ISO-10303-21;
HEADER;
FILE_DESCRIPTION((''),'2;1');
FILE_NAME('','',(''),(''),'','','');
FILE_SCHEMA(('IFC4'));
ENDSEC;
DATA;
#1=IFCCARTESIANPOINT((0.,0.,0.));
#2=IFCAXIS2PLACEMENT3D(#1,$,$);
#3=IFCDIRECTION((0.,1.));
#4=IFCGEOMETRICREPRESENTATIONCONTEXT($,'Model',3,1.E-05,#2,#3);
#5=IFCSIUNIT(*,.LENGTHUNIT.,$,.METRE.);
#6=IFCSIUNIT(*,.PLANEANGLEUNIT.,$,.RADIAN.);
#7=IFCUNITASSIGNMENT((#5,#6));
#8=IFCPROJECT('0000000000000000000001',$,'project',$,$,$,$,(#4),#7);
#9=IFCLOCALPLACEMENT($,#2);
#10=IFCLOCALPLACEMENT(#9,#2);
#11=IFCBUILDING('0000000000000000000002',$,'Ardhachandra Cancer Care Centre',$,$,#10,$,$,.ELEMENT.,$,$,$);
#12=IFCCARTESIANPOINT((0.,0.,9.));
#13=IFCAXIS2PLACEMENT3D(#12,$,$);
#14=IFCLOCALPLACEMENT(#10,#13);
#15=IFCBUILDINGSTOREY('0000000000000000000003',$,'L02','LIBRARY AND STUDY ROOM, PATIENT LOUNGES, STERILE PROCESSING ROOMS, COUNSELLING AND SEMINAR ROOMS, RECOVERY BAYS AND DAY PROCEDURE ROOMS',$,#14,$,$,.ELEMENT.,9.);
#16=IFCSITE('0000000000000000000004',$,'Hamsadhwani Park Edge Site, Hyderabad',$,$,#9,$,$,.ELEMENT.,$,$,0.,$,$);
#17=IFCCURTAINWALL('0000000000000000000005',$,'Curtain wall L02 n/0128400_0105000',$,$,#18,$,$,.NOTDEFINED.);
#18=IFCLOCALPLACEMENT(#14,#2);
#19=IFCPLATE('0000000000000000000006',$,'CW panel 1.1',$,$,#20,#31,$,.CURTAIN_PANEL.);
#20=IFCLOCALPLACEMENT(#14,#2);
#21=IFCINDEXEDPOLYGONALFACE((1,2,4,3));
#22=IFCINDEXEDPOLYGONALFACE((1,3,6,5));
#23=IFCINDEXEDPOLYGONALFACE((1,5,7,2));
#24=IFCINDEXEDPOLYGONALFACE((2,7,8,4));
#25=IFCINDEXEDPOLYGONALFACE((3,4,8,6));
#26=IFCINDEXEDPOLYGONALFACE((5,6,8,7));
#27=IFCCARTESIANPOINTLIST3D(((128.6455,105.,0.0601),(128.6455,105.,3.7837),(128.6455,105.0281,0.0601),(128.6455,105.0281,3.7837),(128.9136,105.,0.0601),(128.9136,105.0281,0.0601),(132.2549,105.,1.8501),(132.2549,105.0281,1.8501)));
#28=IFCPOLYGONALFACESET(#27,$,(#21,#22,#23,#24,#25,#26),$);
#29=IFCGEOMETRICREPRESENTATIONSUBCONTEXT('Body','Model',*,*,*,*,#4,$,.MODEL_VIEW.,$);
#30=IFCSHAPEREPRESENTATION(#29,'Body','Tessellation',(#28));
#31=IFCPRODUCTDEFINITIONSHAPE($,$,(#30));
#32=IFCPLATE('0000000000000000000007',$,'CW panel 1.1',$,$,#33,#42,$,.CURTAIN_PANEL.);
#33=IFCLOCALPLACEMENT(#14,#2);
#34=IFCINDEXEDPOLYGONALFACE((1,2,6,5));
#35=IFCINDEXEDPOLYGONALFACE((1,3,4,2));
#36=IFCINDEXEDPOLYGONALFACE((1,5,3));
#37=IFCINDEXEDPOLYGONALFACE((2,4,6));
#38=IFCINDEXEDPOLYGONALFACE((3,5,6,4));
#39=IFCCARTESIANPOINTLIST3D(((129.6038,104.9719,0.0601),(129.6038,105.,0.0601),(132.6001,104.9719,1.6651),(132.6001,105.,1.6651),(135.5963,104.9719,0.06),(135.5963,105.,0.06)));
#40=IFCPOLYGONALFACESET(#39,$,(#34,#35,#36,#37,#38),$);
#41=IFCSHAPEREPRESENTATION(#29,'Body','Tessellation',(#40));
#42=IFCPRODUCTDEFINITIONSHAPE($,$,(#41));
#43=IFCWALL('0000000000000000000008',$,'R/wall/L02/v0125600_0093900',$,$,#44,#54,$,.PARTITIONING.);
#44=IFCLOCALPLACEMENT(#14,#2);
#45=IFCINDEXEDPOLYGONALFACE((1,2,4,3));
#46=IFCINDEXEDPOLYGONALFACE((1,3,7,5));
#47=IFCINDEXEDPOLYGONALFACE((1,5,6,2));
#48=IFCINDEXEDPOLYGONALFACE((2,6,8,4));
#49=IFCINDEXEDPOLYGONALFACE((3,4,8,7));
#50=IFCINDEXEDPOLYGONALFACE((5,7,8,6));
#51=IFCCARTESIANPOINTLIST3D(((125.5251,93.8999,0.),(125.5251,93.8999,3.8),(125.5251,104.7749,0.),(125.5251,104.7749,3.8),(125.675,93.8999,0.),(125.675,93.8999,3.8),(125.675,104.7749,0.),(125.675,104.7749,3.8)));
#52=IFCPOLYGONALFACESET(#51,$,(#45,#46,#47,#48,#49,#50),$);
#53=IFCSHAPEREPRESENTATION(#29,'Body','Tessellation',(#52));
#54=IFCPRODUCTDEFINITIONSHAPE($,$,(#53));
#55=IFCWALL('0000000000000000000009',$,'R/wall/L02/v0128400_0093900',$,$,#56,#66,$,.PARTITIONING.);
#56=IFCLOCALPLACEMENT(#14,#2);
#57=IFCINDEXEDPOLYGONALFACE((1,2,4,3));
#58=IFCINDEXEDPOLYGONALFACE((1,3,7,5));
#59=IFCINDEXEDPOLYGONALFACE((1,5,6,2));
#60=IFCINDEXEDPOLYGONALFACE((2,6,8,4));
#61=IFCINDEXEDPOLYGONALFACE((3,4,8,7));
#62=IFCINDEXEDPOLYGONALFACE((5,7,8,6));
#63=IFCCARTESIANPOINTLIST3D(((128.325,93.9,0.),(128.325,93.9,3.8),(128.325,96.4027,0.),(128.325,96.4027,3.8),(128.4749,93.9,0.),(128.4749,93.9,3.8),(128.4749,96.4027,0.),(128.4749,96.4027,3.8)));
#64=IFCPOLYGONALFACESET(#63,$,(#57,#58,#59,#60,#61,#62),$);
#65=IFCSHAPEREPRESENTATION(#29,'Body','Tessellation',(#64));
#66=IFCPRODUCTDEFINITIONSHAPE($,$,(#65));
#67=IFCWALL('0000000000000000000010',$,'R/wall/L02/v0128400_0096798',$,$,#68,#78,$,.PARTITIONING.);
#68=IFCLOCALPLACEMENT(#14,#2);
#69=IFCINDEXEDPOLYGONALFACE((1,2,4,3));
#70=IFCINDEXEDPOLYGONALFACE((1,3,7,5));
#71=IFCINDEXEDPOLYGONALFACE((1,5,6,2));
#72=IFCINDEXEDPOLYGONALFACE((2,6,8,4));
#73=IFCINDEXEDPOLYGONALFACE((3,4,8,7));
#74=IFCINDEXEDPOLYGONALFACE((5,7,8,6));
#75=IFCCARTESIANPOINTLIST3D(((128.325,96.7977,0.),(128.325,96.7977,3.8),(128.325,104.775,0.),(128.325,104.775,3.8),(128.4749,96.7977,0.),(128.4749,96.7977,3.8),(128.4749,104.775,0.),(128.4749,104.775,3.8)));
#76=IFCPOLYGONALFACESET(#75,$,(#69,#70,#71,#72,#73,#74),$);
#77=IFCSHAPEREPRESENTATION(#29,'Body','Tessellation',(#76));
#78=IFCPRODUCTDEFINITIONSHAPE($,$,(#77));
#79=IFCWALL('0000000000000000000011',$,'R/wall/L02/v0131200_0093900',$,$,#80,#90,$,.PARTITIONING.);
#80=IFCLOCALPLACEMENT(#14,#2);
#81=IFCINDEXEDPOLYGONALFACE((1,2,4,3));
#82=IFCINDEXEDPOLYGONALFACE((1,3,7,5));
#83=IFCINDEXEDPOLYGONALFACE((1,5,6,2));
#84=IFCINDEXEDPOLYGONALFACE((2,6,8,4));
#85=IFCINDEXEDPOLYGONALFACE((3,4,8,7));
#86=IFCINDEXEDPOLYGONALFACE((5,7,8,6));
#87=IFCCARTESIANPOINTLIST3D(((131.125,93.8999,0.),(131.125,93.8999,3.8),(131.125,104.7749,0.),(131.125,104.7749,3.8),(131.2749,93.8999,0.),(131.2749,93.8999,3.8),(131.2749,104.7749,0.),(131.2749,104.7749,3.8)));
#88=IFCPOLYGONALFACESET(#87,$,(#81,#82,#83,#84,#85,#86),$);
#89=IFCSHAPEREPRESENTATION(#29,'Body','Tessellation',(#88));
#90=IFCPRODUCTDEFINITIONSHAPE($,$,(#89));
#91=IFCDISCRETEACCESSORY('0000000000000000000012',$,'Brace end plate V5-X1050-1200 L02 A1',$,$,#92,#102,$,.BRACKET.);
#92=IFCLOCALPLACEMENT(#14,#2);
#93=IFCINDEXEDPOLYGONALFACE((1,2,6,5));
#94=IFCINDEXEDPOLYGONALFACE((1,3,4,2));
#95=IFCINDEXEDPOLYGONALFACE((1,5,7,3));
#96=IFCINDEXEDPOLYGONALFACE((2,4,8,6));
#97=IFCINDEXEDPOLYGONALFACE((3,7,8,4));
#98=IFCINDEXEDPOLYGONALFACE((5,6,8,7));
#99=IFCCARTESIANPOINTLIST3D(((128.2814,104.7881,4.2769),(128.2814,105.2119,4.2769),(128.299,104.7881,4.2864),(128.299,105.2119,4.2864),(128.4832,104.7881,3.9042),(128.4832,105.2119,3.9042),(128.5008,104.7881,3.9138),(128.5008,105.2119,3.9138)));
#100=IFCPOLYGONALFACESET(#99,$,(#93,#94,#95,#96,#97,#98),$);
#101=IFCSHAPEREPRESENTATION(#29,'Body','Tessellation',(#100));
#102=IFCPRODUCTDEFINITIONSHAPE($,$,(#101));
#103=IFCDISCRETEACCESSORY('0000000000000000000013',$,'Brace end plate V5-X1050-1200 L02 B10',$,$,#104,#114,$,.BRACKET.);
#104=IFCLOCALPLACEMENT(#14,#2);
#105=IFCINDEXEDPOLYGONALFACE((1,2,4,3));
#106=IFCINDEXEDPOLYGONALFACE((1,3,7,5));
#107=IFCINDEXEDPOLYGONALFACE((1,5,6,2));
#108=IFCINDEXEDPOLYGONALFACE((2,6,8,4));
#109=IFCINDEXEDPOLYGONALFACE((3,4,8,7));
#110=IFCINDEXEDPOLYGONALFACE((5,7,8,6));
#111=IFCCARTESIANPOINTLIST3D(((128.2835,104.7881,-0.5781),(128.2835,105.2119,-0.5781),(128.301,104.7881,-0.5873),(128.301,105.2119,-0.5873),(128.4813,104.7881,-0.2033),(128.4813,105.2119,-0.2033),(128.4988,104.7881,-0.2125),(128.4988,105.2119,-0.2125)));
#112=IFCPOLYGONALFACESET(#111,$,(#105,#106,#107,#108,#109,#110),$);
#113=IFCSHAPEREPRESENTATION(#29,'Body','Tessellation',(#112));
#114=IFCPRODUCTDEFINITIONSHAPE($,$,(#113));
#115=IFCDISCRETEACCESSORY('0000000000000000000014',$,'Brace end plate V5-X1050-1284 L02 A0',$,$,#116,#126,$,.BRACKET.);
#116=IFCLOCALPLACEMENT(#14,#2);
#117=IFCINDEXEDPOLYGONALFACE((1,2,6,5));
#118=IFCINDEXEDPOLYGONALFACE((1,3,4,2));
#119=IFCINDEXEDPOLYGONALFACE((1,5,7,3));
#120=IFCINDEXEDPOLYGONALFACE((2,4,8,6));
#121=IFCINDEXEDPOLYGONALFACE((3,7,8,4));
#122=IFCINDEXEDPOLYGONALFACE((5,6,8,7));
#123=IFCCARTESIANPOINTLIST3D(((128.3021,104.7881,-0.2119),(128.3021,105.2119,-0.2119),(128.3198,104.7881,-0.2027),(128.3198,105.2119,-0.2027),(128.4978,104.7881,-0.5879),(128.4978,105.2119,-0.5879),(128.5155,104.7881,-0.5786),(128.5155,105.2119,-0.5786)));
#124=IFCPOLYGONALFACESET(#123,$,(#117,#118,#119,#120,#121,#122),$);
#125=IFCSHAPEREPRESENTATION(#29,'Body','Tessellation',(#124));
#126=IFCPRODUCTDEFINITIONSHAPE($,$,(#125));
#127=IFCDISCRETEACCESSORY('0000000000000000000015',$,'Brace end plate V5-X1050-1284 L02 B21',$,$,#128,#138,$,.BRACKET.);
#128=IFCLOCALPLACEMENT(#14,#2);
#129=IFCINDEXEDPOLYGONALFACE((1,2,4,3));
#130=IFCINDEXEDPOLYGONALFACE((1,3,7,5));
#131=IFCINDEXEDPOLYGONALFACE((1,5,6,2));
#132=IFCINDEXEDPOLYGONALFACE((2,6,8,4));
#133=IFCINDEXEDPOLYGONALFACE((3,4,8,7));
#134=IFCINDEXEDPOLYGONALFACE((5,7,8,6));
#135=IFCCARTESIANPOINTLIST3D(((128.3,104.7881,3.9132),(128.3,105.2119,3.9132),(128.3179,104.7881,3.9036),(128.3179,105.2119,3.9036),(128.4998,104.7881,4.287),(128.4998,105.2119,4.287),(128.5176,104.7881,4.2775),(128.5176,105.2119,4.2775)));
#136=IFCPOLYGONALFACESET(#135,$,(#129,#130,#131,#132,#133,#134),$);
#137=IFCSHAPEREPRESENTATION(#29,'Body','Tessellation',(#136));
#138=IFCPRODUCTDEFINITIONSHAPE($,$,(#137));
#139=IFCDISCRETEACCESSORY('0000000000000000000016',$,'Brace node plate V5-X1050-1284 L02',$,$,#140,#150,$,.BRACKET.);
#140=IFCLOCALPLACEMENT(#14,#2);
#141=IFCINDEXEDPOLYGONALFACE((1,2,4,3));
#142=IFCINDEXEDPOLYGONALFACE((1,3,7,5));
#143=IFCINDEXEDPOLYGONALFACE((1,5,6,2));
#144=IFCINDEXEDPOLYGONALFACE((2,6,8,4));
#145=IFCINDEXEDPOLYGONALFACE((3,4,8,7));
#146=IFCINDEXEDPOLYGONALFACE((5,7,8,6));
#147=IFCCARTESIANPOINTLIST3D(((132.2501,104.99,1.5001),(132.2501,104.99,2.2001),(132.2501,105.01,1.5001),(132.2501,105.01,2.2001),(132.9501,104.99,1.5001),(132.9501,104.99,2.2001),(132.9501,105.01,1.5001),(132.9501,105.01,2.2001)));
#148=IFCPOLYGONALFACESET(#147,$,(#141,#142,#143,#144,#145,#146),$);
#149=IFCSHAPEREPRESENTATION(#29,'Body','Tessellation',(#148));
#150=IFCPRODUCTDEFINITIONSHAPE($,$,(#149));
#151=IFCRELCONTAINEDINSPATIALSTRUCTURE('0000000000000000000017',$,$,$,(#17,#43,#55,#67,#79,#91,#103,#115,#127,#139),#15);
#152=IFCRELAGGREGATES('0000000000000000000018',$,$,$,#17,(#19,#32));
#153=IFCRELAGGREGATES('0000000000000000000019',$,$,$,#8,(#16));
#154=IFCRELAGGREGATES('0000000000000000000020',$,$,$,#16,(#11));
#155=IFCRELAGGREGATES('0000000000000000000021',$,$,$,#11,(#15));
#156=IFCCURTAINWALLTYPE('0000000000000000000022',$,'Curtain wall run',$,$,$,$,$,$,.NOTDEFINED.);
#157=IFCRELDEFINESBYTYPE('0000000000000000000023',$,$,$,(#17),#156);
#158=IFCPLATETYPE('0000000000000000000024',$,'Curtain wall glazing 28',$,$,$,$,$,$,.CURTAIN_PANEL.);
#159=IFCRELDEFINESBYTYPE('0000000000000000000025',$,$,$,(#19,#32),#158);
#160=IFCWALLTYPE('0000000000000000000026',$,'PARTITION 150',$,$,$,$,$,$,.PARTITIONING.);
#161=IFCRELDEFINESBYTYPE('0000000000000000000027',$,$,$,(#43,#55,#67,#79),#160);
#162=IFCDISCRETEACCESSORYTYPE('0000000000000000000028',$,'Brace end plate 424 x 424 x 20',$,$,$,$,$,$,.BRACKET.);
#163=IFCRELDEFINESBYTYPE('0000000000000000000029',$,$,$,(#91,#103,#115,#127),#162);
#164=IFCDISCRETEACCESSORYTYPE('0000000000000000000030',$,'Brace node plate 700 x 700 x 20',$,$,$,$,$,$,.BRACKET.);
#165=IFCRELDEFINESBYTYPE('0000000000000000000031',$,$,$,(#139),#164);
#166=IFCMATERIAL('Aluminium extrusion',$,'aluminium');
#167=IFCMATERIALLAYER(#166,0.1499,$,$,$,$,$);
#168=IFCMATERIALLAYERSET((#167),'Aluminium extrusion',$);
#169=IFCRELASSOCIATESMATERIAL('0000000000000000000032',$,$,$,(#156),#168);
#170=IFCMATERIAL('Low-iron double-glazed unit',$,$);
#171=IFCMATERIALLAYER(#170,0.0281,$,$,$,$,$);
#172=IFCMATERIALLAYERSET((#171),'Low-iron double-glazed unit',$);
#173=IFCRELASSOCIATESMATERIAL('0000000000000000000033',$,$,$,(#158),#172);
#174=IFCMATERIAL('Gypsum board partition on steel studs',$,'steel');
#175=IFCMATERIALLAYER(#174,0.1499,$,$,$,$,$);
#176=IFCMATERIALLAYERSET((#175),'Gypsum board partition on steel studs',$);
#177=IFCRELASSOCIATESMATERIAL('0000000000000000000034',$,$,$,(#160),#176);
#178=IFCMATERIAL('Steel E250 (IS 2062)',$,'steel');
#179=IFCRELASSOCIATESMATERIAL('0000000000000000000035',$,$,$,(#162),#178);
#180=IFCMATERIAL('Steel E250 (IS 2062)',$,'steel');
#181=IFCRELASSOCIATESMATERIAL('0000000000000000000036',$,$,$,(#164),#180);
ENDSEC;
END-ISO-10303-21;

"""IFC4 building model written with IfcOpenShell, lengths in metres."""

from ifc_helpers import new_model, si_unit, direction, frame, frame_2d, origin, origin_2d, place, context, subcontext, project, spatial, polyline, rectangle, outline, extrude, material, layer, layer_set, material_profile, profile_set, type_object, element, aggregate, save


model = new_model("IFC4")

# Units and contexts
model_context = context("Model", 3, precision=1e-05, world=origin(), true_north=direction((0.0, 1.0)))
body_context = subcontext(model_context, "Body", "Model", "MODEL_VIEW")
ifc_project = project(units=[si_unit("LENGTHUNIT", "METRE"), si_unit("PLANEANGLEUNIT", "RADIAN")], contexts=[model_context])

# Site, building, storey
site_placement = place(None, origin())
site = spatial("IfcSite", under=ifc_project, at=site_placement, Name="Hamsadhwani Park Edge Site, Hyderabad", CompositionType="ELEMENT", RefElevation=0.0)
building_placement = place(site_placement, origin())
building = spatial("IfcBuilding", under=site, at=building_placement, Name="Ardhachandra Cancer Care Centre", CompositionType="ELEMENT")
storey_placement = place(building_placement, frame((0.0, 0.0, 9.0)))
storey = spatial("IfcBuildingStorey", under=building, at=storey_placement, Name="L02", Description="LIBRARY AND STUDY ROOM, PATIENT LOUNGES, STERILE PROCESSING ROOMS, COUNSELLING AND SEMINAR ROOMS, RECOVERY BAYS AND DAY PROCEDURE ROOMS", CompositionType="ELEMENT", Elevation=9.0)

# Shared definitions
ifc_material_1 = material(Name="Aluminium extrusion", Category="aluminium")
ifc_layer_1 = layer(ifc_material_1, 0.1499)
ifc_layer_set_1 = layer_set([ifc_layer_1], Name="Aluminium extrusion")
curtain_wall_type = type_object("IfcCurtainWallType", Name="Curtain wall run", PredefinedType="NOTDEFINED", material=ifc_layer_set_1)

# Curtain wall
curtain_wall_1_placement = place(storey_placement, origin())
curtain_wall_1 = element("IfcCurtainWall", 1, at=curtain_wall_1_placement, inside=storey, type_object=curtain_wall_type, Name="Curtain wall L02 n/0128400_0105000", PredefinedType="NOTDEFINED")

# Plates
ifc_material_2 = material(Name="Low-iron double-glazed unit")
ifc_layer_2 = layer(ifc_material_2, 0.0281)
ifc_layer_set_2 = layer_set([ifc_layer_2], Name="Low-iron double-glazed unit")
plate_type = type_object("IfcPlateType", Name="Curtain wall glazing 28", PredefinedType="CURTAIN_PANEL", material=ifc_layer_set_2)
plate_1_placement = place(storey_placement, frame((128.6455, 105.0, 0.0601), z_axis=(0.0, 1.0, 0.0), x_axis=(0.0, 0.0, 1.0)))
plate_1 = element("IfcPlate", 2, at=plate_1_placement, type_object=plate_type, Name="CW panel 1.1", PredefinedType="CURTAIN_PANEL", context=body_context, shape_type="SweptSolid", body=[
    extrude(outline(polyline([(0.0, 0.0), (3.7236, 0.0), (1.79, 3.6094), (0.0, 0.2681), (0.0, 0.0)])), origin(), (0.0, 0.0, 1.0), 0.0281),
])
plate_2_placement = place(storey_placement, frame((129.6038, 105.0, 0.0601), z_axis=(0.0, 1.0, 0.0), x_axis=(0.881505, 0.0, 0.472176)))
plate_2 = element("IfcPlate", 3, at=plate_2_placement, type_object=plate_type, Name="CW panel 1.1", PredefinedType="CURTAIN_PANEL", context=body_context, shape_type="SweptSolid", body=[
    extrude(outline(polyline([(0.0, 0.0), (3.3992, 0.0), (5.2825, 2.8296), (0.0, 0.0)])), frame((0.0, 0.0, -0.0281)), (0.0, 0.0, 1.0), 0.0281),
])
aggregate(curtain_wall_1, [plate_1, plate_2])

# Walls
ifc_material_3 = material(Name="Gypsum board partition on steel studs", Category="steel")
ifc_layer_3 = layer(ifc_material_3, 0.1499)
ifc_layer_set_3 = layer_set([ifc_layer_3], Name="Gypsum board partition on steel studs")
wall_type = type_object("IfcWallType", Name="PARTITION 150", PredefinedType="PARTITIONING", material=ifc_layer_set_3)
wall_1_placement = place(storey_placement, frame((125.6001, 93.8999, 0.0), z_axis=(0.0, 0.0, 1.0), x_axis=(0.0, 1.0, 0.0)))
element("IfcWall", 4, at=wall_1_placement, inside=storey, type_object=wall_type, Name="R/wall/L02/v0125600_0093900", PredefinedType="PARTITIONING", context=body_context, shape_type="SweptSolid", body=[
    extrude(rectangle(XDim=10.875, YDim=0.1499, at=frame_2d((5.4375, 0.0))), origin(), (0.0, 0.0, 1.0), 3.8),
])
wall_2_placement = place(storey_placement, frame((128.3999, 93.8999, 0.0), z_axis=(0.0, 0.0, 1.0), x_axis=(0.0, 1.0, 0.0)))
element("IfcWall", 5, at=wall_2_placement, inside=storey, type_object=wall_type, Name="R/wall/L02/v0128400_0093900", PredefinedType="PARTITIONING", context=body_context, shape_type="SweptSolid", body=[
    extrude(rectangle(XDim=2.5027, YDim=0.1499, at=frame_2d((1.2515, 0.0))), origin(), (0.0, 0.0, 1.0), 3.8),
])
wall_3_placement = place(storey_placement, frame((128.3999, 96.7976, 0.0), z_axis=(0.0, 0.0, 1.0), x_axis=(0.0, 1.0, 0.0)))
element("IfcWall", 6, at=wall_3_placement, inside=storey, type_object=wall_type, Name="R/wall/L02/v0128400_0096798", PredefinedType="PARTITIONING", context=body_context, shape_type="SweptSolid", body=[
    extrude(rectangle(XDim=7.9773, YDim=0.1499, at=frame_2d((3.9888, 0.0))), origin(), (0.0, 0.0, 1.0), 3.8),
])
wall_4_placement = place(storey_placement, frame((131.2, 93.8999, 0.0), z_axis=(0.0, 0.0, 1.0), x_axis=(0.0, 1.0, 0.0)))
element("IfcWall", 7, at=wall_4_placement, inside=storey, type_object=wall_type, Name="R/wall/L02/v0131200_0093900", PredefinedType="PARTITIONING", context=body_context, shape_type="SweptSolid", body=[
    extrude(rectangle(XDim=10.875, YDim=0.1499, at=frame_2d((5.4375, 0.0))), origin(), (0.0, 0.0, 1.0), 3.8),
])

# Discrete accessories
ifc_material_4 = material(Name="Steel E250 (IS 2062)", Category="steel")
ifc_material_profile_1 = material_profile(ifc_material_4, rectangle(XDim=0.4238, YDim=0.4238, at=origin_2d()), Name="PL 424x424x20")
ifc_profile_set_1 = profile_set([ifc_material_profile_1], Name="Steel E250 (IS 2062)")
discrete_accessory_type_1 = type_object("IfcDiscreteAccessoryType", Name="Brace end plate 424 x 424 x 20", PredefinedType="BRACKET", material=ifc_profile_set_1)
discrete_accessory_1_placement = place(storey_placement, frame((128.3999, 105.0, 4.1001), z_axis=(-0.879292, 0.0, -0.476283), x_axis=(0.0, -1.0, 0.0)))
element("IfcDiscreteAccessory", 8, at=discrete_accessory_1_placement, inside=storey, type_object=discrete_accessory_type_1, Name="Brace end plate V5-X1050-1200 L02 A1", PredefinedType="BRACKET", context=body_context, shape_type="SweptSolid", body=[
    extrude(rectangle(XDim=0.4238, YDim=0.4238, at=origin_2d()), origin(), (0.0, 0.0, 1.0), 0.02),
])
discrete_accessory_2_placement = place(storey_placement, frame((128.3999, 105.0, -0.3999), z_axis=(-0.884385, 0.0, 0.466759), x_axis=(0.0, -1.0, 0.0)))
element("IfcDiscreteAccessory", 9, at=discrete_accessory_2_placement, inside=storey, type_object=discrete_accessory_type_1, Name="Brace end plate V5-X1050-1200 L02 B10", PredefinedType="BRACKET", context=body_context, shape_type="SweptSolid", body=[
    extrude(rectangle(XDim=0.4238, YDim=0.4238, at=origin_2d()), origin(), (0.0, 0.0, 1.0), 0.0198),
])
discrete_accessory_3_placement = place(storey_placement, frame((128.3999, 105.0, -0.3999), z_axis=(0.887018, 0.0, 0.461735), x_axis=(0.0, 1.0, 0.0)))
element("IfcDiscreteAccessory", 10, at=discrete_accessory_3_placement, inside=storey, type_object=discrete_accessory_type_1, Name="Brace end plate V5-X1050-1284 L02 A0", PredefinedType="BRACKET", context=body_context, shape_type="SweptSolid", body=[
    extrude(rectangle(XDim=0.4238, YDim=0.4238, at=origin_2d()), origin(), (0.0, 0.0, 1.0), 0.02),
])
discrete_accessory_4_placement = place(storey_placement, frame((128.3999, 105.0, 4.1001), z_axis=(0.882018, 0.0, -0.471215), x_axis=(0.0, 1.0, 0.0)))
element("IfcDiscreteAccessory", 11, at=discrete_accessory_4_placement, inside=storey, type_object=discrete_accessory_type_1, Name="Brace end plate V5-X1050-1284 L02 B21", PredefinedType="BRACKET", context=body_context, shape_type="SweptSolid", body=[
    extrude(rectangle(XDim=0.4238, YDim=0.4238, at=origin_2d()), origin(), (0.0, 0.0, 1.0), 0.0203),
])
ifc_material_5 = material(Name="Steel E250 (IS 2062)", Category="steel")
ifc_material_profile_2 = material_profile(ifc_material_5, rectangle(XDim=0.7, YDim=0.7, at=origin_2d()), Name="PL 700x700x20")
ifc_profile_set_2 = profile_set([ifc_material_profile_2], Name="Steel E250 (IS 2062)")
discrete_accessory_type_2 = type_object("IfcDiscreteAccessoryType", Name="Brace node plate 700 x 700 x 20", PredefinedType="BRACKET", material=ifc_profile_set_2)
discrete_accessory_5_placement = place(storey_placement, frame((132.6001, 104.99, 1.8501), z_axis=(0.0, 1.0, 0.0), x_axis=(-1.0, 0.0, 0.0)))
element("IfcDiscreteAccessory", 12, at=discrete_accessory_5_placement, inside=storey, type_object=discrete_accessory_type_2, Name="Brace node plate V5-X1050-1284 L02", PredefinedType="BRACKET", context=body_context, shape_type="SweptSolid", body=[
    extrude(rectangle(XDim=0.7, YDim=0.7, at=origin_2d()), origin(), (0.0, 0.0, 1.0), 0.02),
])

save(model, "model.ifc")
